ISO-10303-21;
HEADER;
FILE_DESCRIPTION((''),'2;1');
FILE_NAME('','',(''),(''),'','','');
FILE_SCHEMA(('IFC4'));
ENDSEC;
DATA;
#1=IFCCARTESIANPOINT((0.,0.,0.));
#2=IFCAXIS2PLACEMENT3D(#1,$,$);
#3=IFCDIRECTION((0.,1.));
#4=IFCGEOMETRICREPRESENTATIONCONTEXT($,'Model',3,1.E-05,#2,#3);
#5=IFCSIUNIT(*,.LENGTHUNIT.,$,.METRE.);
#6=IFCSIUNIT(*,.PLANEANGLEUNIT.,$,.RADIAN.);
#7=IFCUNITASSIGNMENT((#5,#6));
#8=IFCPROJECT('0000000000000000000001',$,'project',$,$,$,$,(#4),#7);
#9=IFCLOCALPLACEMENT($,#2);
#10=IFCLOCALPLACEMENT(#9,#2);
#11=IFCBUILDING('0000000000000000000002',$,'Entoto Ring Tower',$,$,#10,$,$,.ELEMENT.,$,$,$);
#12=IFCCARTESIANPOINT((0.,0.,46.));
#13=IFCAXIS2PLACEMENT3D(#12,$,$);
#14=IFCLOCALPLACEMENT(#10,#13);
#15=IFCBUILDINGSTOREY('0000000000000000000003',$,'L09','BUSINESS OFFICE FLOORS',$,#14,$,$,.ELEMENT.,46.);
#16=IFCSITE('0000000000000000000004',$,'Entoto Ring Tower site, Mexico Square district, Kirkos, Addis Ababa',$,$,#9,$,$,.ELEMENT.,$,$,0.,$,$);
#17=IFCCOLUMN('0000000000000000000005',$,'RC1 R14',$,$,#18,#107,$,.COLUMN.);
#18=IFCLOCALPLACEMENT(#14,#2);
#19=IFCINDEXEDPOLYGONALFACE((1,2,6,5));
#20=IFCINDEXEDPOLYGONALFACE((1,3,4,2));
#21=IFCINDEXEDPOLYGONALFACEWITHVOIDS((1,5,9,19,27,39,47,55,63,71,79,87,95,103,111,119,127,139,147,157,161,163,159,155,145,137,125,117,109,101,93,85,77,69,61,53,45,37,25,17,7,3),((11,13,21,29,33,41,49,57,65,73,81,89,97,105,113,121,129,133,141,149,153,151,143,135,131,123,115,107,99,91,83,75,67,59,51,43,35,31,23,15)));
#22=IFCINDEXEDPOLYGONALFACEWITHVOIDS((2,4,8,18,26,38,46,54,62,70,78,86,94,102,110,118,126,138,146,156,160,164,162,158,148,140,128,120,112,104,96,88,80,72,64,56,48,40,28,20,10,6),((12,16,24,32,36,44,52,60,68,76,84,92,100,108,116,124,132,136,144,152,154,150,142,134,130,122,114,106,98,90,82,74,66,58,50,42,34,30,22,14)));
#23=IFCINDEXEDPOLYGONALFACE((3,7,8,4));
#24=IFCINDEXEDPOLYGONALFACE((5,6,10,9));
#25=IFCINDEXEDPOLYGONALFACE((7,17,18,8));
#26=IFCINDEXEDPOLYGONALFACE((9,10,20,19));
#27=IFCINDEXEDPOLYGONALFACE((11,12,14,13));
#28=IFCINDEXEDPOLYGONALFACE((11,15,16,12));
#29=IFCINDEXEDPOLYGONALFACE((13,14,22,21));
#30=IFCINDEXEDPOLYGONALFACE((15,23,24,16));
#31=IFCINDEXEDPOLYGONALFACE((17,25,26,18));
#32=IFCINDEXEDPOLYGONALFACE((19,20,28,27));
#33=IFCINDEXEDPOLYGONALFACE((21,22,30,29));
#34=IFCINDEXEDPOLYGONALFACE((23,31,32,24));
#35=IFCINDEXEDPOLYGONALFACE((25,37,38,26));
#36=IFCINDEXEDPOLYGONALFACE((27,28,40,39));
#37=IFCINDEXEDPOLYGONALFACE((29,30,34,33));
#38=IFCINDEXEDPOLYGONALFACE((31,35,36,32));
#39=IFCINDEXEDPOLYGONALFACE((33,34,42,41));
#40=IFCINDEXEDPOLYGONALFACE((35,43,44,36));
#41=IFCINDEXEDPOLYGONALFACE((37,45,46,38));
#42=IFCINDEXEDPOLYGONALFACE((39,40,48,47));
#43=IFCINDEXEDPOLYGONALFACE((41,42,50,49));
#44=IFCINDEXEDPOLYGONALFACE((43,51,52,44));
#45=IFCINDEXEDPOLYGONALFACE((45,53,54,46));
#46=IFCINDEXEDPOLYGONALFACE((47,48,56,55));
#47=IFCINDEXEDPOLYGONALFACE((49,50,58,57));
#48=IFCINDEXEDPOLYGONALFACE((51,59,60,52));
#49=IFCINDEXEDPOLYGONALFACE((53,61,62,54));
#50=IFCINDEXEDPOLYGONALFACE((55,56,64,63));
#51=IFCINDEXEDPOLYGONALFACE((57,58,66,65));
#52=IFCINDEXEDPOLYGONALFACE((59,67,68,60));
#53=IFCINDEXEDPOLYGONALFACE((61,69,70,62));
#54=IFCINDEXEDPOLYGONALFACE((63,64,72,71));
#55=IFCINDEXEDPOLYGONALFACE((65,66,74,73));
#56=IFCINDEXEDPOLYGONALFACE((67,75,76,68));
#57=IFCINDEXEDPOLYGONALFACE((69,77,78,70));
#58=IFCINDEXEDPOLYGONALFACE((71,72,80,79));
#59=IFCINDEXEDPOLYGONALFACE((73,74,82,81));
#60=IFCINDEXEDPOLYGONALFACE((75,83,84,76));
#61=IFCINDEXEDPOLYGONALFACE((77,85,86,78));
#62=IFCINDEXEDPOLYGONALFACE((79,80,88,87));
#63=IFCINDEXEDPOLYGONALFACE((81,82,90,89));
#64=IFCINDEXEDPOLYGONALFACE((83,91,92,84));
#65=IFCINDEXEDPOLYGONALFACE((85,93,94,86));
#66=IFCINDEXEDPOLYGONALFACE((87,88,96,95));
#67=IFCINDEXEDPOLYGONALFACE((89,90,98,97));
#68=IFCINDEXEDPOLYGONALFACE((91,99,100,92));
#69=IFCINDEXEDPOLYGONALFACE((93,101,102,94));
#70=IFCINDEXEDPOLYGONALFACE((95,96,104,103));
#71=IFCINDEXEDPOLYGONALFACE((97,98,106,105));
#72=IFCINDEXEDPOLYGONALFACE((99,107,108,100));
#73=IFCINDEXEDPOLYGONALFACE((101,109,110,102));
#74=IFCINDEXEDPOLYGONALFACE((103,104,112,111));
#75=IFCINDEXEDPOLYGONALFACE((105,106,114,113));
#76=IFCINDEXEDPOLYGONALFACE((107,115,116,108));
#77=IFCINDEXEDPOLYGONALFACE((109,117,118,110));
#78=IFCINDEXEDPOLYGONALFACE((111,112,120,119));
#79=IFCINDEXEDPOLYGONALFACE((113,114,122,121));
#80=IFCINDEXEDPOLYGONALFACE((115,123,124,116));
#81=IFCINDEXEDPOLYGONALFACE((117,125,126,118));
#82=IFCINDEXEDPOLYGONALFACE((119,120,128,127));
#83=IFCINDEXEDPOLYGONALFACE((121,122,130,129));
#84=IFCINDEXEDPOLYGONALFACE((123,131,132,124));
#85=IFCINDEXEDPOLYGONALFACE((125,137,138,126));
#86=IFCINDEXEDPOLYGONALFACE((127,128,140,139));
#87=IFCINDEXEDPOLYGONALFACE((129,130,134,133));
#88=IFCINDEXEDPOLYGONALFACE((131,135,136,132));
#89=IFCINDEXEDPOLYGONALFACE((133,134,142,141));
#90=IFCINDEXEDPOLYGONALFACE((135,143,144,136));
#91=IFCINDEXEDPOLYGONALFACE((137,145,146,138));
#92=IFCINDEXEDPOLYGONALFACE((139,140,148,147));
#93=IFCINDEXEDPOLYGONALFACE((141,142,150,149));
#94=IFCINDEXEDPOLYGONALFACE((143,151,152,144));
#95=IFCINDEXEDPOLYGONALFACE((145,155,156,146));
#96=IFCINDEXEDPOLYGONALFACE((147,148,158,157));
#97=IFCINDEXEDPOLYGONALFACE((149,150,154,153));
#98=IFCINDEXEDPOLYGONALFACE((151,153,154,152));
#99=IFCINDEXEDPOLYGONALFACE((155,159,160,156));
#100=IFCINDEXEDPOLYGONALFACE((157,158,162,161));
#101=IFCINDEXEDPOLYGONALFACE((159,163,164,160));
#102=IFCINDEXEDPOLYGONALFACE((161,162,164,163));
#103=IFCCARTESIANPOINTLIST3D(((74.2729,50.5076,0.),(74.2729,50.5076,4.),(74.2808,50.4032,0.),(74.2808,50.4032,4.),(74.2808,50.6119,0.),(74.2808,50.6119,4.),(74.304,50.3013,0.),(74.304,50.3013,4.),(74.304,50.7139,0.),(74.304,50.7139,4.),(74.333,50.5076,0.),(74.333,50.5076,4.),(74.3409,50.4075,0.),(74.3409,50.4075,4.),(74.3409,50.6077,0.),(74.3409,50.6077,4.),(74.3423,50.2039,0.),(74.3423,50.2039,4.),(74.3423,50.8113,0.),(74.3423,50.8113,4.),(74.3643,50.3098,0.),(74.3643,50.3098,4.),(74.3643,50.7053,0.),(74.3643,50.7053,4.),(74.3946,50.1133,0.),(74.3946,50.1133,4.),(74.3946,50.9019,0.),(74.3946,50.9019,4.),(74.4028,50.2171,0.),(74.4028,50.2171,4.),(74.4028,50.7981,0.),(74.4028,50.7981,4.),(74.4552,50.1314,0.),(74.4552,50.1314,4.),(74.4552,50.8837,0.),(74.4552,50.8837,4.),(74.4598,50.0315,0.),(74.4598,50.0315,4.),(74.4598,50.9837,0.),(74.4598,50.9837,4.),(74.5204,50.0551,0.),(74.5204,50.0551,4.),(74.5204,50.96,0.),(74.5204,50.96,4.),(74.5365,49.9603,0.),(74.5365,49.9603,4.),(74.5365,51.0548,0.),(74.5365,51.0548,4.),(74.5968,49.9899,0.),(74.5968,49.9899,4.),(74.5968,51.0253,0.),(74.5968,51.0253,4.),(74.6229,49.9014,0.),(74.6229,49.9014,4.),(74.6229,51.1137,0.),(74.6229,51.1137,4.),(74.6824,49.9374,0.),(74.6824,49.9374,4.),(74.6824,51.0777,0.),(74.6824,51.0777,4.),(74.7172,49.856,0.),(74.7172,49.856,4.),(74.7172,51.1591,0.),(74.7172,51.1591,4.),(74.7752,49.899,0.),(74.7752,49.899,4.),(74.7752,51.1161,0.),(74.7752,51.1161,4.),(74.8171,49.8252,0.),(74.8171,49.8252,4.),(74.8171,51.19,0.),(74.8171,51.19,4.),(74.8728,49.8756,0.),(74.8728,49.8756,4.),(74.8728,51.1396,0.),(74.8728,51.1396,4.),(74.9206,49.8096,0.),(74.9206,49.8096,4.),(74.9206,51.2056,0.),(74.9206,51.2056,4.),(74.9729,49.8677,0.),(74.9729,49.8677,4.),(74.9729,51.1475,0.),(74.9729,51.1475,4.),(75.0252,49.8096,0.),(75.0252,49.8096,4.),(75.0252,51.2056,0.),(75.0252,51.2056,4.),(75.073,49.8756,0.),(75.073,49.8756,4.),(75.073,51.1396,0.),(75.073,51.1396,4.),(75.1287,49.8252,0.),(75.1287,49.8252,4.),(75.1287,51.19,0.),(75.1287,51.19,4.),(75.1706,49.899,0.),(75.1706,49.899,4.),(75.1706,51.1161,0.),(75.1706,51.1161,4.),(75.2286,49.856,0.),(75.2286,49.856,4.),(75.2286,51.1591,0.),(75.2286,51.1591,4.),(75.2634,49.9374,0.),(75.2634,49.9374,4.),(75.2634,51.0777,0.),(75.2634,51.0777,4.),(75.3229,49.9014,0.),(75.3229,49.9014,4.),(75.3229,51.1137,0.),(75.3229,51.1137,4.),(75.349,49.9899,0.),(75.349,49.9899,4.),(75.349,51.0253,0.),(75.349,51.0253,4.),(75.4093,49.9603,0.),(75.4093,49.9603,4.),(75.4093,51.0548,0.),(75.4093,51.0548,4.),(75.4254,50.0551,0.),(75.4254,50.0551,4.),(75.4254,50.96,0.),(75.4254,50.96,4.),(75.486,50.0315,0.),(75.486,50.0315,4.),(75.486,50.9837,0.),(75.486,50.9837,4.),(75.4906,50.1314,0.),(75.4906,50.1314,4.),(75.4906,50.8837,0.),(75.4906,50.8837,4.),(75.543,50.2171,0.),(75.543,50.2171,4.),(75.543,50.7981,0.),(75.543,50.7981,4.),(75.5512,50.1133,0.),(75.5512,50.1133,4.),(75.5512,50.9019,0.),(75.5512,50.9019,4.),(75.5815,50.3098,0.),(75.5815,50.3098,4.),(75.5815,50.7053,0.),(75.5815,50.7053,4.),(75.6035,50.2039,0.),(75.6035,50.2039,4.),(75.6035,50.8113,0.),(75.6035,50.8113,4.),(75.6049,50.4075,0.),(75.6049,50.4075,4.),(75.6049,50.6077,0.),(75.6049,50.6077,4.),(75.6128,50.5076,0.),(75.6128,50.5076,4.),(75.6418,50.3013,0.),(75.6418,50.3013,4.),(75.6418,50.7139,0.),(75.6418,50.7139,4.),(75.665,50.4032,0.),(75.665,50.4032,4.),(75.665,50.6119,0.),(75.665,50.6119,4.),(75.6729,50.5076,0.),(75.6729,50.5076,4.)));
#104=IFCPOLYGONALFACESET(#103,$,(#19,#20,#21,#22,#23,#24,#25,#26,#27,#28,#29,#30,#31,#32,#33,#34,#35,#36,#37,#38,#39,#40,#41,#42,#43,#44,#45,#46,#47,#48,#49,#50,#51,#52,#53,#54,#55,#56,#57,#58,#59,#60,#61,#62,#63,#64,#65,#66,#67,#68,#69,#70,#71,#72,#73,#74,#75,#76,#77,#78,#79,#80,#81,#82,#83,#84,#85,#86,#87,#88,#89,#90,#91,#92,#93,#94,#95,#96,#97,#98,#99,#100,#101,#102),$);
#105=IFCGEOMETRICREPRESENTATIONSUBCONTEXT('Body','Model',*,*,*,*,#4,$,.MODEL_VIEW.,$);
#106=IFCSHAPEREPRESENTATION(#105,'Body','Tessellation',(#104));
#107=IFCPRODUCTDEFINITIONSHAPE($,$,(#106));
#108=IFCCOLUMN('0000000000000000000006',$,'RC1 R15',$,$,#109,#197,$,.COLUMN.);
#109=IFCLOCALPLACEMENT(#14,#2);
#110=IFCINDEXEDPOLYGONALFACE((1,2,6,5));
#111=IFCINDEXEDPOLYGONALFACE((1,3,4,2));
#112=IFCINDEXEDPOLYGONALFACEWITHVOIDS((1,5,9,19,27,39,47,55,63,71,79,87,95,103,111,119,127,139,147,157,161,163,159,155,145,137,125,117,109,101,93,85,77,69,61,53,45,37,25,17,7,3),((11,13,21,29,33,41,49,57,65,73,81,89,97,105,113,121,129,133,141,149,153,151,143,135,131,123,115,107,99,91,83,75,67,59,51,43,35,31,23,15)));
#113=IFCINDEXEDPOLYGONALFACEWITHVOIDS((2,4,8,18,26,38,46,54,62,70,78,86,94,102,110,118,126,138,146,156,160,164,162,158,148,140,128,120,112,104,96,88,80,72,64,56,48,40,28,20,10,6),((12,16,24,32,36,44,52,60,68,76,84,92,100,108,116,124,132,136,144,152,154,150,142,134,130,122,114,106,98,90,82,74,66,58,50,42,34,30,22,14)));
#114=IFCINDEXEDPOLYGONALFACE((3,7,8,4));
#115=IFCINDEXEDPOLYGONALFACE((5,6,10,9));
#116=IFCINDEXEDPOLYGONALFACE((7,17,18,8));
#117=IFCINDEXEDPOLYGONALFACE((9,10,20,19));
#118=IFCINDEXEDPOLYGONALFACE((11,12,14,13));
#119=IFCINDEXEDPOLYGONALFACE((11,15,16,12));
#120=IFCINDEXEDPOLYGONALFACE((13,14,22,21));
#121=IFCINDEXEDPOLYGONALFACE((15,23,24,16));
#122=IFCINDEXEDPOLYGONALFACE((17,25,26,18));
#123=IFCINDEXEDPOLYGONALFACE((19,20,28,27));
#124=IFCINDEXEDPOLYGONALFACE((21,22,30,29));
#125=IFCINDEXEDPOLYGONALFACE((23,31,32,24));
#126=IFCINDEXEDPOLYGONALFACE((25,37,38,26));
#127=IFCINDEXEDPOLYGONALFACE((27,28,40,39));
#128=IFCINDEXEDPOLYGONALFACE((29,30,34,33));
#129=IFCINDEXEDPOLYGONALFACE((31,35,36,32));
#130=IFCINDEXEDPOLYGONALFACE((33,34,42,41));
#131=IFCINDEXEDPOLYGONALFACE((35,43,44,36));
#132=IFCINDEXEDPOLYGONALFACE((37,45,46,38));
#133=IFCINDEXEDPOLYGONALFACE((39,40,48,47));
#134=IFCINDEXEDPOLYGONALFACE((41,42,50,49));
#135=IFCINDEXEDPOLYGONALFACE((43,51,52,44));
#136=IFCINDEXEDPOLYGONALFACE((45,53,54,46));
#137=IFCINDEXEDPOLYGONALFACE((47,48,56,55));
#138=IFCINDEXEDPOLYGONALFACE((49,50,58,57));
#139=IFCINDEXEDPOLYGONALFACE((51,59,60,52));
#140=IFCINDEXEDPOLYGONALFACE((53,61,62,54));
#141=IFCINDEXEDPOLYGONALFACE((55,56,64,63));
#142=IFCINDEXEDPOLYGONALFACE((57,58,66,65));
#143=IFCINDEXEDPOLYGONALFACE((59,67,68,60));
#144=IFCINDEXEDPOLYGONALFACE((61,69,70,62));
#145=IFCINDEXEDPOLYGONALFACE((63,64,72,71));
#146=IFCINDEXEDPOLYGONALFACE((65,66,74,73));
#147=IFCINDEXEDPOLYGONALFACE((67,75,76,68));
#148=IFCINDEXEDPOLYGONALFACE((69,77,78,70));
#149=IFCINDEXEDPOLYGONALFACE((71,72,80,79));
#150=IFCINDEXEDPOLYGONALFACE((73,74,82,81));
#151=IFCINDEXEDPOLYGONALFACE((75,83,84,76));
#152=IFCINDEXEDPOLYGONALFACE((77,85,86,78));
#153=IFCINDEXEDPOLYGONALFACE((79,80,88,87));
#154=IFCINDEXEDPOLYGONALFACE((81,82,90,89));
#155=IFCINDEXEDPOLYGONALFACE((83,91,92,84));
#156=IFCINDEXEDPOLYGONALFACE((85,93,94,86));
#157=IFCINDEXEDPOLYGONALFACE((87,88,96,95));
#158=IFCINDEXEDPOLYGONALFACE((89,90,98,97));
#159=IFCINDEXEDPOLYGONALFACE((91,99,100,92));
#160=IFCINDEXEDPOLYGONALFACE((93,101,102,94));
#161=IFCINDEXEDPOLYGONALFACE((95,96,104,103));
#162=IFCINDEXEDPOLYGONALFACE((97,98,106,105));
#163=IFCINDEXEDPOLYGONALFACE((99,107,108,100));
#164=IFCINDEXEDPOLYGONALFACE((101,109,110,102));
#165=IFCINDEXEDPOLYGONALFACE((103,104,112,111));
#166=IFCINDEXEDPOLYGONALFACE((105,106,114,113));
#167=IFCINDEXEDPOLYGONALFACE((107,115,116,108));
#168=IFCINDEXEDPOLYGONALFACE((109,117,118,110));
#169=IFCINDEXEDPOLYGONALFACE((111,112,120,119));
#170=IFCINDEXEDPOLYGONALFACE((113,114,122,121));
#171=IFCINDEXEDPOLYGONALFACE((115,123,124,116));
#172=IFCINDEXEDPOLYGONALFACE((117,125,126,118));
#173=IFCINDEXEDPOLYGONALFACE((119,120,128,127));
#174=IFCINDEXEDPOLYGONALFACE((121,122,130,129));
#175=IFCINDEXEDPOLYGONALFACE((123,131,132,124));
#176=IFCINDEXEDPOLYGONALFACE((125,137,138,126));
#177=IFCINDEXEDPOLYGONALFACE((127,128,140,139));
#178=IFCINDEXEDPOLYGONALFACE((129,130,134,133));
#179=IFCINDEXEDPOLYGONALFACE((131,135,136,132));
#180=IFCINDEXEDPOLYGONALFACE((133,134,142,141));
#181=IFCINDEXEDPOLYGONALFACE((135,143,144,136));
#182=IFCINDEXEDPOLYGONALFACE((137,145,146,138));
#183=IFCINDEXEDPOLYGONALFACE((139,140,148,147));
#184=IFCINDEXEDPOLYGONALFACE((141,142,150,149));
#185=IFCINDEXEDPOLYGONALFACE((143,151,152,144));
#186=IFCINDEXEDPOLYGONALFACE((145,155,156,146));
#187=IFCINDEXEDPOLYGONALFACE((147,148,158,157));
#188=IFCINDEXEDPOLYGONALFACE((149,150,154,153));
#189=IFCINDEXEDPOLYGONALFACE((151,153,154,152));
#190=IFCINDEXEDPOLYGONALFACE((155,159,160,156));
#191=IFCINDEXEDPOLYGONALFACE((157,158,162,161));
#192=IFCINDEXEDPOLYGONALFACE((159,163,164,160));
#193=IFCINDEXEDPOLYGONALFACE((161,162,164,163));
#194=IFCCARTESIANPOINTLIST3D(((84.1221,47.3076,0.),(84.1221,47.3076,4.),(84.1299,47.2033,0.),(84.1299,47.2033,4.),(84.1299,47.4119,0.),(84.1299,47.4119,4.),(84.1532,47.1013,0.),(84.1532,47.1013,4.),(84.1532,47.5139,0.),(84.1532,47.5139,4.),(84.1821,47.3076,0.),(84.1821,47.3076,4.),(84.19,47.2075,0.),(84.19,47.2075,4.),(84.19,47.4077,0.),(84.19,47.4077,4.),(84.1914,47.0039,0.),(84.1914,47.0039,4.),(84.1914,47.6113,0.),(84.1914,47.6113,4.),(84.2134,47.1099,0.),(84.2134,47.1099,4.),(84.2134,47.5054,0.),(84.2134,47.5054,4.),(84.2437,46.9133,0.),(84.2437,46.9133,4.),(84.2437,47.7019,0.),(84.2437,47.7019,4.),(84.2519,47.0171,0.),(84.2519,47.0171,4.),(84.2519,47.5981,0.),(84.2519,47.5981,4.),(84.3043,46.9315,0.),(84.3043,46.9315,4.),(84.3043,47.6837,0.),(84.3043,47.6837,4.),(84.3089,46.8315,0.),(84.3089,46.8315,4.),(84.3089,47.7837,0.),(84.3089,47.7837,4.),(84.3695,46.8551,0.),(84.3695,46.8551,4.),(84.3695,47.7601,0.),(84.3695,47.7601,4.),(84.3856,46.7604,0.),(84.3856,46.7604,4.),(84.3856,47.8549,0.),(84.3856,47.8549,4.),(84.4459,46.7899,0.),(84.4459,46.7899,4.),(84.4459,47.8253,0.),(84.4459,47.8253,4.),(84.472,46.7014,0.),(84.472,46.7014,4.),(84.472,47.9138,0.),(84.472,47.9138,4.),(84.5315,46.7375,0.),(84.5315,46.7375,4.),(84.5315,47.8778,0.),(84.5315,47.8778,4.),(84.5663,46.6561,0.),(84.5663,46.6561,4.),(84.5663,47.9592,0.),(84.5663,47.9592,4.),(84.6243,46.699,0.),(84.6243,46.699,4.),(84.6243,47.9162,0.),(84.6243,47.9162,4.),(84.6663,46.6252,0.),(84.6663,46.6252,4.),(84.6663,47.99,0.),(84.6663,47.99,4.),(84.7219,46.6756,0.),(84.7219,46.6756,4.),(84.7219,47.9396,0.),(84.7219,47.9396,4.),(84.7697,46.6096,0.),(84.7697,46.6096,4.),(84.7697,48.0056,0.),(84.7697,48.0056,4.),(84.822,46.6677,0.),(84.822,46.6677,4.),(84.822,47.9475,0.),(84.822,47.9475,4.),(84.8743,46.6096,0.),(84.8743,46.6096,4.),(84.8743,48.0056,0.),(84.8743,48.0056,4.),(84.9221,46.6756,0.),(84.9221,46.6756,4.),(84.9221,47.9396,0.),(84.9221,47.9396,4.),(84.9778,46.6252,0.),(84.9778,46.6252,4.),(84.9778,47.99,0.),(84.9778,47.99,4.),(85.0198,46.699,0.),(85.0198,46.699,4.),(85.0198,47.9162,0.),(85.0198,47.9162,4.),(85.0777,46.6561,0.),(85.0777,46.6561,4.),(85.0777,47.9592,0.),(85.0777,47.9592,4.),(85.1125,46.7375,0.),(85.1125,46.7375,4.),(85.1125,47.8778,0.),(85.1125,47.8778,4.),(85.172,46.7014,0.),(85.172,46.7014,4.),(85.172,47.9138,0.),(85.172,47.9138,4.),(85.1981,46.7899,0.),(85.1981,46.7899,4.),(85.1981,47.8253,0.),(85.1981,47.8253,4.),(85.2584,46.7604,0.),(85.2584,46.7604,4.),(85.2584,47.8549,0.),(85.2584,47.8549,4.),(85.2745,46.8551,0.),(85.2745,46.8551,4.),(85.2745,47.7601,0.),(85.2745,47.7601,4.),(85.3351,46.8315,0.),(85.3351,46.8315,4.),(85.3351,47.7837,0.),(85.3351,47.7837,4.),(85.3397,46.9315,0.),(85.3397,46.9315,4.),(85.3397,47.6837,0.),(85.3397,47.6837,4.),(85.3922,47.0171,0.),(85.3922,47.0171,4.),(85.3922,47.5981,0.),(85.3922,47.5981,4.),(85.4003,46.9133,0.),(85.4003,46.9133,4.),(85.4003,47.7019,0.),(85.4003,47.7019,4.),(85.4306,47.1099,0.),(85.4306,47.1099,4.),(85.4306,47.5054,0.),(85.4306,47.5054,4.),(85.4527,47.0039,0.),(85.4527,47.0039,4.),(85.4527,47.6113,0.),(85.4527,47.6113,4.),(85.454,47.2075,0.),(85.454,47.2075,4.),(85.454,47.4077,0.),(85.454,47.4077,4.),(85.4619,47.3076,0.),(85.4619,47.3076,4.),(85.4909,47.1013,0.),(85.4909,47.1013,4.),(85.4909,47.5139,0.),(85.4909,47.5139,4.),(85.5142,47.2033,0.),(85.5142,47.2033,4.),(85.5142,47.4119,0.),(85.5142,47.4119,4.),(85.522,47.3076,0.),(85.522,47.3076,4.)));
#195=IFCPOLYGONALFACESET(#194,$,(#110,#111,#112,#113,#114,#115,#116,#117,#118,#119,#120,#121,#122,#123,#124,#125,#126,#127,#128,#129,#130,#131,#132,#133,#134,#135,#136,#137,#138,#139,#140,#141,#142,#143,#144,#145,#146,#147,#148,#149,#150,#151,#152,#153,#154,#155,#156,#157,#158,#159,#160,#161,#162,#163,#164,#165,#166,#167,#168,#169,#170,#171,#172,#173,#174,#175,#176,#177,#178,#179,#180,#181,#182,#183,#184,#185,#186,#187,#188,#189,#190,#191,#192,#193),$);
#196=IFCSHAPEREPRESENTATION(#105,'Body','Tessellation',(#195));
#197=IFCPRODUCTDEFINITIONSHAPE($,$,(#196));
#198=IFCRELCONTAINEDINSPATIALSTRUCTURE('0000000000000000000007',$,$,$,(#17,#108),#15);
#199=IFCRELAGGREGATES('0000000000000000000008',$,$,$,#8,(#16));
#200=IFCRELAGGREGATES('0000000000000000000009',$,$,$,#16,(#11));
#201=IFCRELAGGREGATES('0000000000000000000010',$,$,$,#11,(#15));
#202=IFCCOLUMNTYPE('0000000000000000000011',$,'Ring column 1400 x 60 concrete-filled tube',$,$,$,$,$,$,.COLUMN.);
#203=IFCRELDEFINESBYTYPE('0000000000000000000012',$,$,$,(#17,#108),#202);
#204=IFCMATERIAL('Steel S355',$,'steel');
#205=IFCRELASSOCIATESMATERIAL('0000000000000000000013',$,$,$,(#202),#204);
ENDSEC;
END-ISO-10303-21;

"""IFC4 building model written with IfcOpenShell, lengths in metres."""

from ifc_helpers import new_model, si_unit, direction, frame, origin, origin_2d, place, context, subcontext, project, spatial, circle, hollow_circle, extrude, material, material_profile, profile_set, type_object, element, save


model = new_model("IFC4")

# Units and contexts
model_context = context("Model", 3, precision=1e-05, world=origin(), true_north=direction((0.0, 1.0)))
body_context = subcontext(model_context, "Body", "Model", "MODEL_VIEW")
ifc_project = project(units=[si_unit("LENGTHUNIT", "METRE"), si_unit("PLANEANGLEUNIT", "RADIAN")], contexts=[model_context])

# Site, building, storey
site_placement = place(None, origin())
site = spatial("IfcSite", under=ifc_project, at=site_placement, Name="Entoto Ring Tower site, Mexico Square district, Kirkos, Addis Ababa", CompositionType="ELEMENT", RefElevation=0.0)
building_placement = place(site_placement, origin())
building = spatial("IfcBuilding", under=site, at=building_placement, Name="Entoto Ring Tower", CompositionType="ELEMENT")
storey_placement = place(building_placement, frame((0.0, 0.0, 46.0)))
storey = spatial("IfcBuildingStorey", under=building, at=storey_placement, Name="L09", Description="BUSINESS OFFICE FLOORS", CompositionType="ELEMENT", Elevation=46.0)

# Columns
ifc_material_1 = material(Name="Steel S355", Category="steel")
ifc_material_profile_1 = material_profile(ifc_material_1, hollow_circle(Radius=0.7, WallThickness=0.0601, at=origin_2d()), Name="CHS 1400 x 60")
ifc_material_2 = material(Name="Concrete C60/75", Category="concrete")
ifc_material_profile_2 = material_profile(ifc_material_2, circle(Radius=0.6399, at=origin_2d()), Name="Concrete C60/75 infill")
ifc_profile_set_1 = profile_set([ifc_material_profile_1, ifc_material_profile_2], Name="Steel S355")
column_type = type_object("IfcColumnType", Name="Ring column 1400 x 60 concrete-filled tube", PredefinedType="COLUMN", material=ifc_profile_set_1)
for number, where, z_axis, x_axis, name in (
    (1, (74.9729, 50.5076, 0.0), (0.0, 0.0, 1.0), (1.0, 0.0, 0.0), "RC1 R14"),
    (2, (84.822, 47.3076, 0.0), (0.0, 0.0, 1.0), (1.0, 0.0, 0.0), "RC1 R15"),
):
    element("IfcColumn", number, at=place(storey_placement, frame(where, z_axis=z_axis, x_axis=x_axis)), inside=storey, type_object=column_type, Name=name, PredefinedType="COLUMN", context=body_context, shape_type="SweptSolid", body=[
        extrude(hollow_circle(Radius=0.7, WallThickness=0.0601, at=origin_2d()), origin(), (0.0, 0.0, 1.0), 4.0),
    ])

save(model, "model.ifc")
